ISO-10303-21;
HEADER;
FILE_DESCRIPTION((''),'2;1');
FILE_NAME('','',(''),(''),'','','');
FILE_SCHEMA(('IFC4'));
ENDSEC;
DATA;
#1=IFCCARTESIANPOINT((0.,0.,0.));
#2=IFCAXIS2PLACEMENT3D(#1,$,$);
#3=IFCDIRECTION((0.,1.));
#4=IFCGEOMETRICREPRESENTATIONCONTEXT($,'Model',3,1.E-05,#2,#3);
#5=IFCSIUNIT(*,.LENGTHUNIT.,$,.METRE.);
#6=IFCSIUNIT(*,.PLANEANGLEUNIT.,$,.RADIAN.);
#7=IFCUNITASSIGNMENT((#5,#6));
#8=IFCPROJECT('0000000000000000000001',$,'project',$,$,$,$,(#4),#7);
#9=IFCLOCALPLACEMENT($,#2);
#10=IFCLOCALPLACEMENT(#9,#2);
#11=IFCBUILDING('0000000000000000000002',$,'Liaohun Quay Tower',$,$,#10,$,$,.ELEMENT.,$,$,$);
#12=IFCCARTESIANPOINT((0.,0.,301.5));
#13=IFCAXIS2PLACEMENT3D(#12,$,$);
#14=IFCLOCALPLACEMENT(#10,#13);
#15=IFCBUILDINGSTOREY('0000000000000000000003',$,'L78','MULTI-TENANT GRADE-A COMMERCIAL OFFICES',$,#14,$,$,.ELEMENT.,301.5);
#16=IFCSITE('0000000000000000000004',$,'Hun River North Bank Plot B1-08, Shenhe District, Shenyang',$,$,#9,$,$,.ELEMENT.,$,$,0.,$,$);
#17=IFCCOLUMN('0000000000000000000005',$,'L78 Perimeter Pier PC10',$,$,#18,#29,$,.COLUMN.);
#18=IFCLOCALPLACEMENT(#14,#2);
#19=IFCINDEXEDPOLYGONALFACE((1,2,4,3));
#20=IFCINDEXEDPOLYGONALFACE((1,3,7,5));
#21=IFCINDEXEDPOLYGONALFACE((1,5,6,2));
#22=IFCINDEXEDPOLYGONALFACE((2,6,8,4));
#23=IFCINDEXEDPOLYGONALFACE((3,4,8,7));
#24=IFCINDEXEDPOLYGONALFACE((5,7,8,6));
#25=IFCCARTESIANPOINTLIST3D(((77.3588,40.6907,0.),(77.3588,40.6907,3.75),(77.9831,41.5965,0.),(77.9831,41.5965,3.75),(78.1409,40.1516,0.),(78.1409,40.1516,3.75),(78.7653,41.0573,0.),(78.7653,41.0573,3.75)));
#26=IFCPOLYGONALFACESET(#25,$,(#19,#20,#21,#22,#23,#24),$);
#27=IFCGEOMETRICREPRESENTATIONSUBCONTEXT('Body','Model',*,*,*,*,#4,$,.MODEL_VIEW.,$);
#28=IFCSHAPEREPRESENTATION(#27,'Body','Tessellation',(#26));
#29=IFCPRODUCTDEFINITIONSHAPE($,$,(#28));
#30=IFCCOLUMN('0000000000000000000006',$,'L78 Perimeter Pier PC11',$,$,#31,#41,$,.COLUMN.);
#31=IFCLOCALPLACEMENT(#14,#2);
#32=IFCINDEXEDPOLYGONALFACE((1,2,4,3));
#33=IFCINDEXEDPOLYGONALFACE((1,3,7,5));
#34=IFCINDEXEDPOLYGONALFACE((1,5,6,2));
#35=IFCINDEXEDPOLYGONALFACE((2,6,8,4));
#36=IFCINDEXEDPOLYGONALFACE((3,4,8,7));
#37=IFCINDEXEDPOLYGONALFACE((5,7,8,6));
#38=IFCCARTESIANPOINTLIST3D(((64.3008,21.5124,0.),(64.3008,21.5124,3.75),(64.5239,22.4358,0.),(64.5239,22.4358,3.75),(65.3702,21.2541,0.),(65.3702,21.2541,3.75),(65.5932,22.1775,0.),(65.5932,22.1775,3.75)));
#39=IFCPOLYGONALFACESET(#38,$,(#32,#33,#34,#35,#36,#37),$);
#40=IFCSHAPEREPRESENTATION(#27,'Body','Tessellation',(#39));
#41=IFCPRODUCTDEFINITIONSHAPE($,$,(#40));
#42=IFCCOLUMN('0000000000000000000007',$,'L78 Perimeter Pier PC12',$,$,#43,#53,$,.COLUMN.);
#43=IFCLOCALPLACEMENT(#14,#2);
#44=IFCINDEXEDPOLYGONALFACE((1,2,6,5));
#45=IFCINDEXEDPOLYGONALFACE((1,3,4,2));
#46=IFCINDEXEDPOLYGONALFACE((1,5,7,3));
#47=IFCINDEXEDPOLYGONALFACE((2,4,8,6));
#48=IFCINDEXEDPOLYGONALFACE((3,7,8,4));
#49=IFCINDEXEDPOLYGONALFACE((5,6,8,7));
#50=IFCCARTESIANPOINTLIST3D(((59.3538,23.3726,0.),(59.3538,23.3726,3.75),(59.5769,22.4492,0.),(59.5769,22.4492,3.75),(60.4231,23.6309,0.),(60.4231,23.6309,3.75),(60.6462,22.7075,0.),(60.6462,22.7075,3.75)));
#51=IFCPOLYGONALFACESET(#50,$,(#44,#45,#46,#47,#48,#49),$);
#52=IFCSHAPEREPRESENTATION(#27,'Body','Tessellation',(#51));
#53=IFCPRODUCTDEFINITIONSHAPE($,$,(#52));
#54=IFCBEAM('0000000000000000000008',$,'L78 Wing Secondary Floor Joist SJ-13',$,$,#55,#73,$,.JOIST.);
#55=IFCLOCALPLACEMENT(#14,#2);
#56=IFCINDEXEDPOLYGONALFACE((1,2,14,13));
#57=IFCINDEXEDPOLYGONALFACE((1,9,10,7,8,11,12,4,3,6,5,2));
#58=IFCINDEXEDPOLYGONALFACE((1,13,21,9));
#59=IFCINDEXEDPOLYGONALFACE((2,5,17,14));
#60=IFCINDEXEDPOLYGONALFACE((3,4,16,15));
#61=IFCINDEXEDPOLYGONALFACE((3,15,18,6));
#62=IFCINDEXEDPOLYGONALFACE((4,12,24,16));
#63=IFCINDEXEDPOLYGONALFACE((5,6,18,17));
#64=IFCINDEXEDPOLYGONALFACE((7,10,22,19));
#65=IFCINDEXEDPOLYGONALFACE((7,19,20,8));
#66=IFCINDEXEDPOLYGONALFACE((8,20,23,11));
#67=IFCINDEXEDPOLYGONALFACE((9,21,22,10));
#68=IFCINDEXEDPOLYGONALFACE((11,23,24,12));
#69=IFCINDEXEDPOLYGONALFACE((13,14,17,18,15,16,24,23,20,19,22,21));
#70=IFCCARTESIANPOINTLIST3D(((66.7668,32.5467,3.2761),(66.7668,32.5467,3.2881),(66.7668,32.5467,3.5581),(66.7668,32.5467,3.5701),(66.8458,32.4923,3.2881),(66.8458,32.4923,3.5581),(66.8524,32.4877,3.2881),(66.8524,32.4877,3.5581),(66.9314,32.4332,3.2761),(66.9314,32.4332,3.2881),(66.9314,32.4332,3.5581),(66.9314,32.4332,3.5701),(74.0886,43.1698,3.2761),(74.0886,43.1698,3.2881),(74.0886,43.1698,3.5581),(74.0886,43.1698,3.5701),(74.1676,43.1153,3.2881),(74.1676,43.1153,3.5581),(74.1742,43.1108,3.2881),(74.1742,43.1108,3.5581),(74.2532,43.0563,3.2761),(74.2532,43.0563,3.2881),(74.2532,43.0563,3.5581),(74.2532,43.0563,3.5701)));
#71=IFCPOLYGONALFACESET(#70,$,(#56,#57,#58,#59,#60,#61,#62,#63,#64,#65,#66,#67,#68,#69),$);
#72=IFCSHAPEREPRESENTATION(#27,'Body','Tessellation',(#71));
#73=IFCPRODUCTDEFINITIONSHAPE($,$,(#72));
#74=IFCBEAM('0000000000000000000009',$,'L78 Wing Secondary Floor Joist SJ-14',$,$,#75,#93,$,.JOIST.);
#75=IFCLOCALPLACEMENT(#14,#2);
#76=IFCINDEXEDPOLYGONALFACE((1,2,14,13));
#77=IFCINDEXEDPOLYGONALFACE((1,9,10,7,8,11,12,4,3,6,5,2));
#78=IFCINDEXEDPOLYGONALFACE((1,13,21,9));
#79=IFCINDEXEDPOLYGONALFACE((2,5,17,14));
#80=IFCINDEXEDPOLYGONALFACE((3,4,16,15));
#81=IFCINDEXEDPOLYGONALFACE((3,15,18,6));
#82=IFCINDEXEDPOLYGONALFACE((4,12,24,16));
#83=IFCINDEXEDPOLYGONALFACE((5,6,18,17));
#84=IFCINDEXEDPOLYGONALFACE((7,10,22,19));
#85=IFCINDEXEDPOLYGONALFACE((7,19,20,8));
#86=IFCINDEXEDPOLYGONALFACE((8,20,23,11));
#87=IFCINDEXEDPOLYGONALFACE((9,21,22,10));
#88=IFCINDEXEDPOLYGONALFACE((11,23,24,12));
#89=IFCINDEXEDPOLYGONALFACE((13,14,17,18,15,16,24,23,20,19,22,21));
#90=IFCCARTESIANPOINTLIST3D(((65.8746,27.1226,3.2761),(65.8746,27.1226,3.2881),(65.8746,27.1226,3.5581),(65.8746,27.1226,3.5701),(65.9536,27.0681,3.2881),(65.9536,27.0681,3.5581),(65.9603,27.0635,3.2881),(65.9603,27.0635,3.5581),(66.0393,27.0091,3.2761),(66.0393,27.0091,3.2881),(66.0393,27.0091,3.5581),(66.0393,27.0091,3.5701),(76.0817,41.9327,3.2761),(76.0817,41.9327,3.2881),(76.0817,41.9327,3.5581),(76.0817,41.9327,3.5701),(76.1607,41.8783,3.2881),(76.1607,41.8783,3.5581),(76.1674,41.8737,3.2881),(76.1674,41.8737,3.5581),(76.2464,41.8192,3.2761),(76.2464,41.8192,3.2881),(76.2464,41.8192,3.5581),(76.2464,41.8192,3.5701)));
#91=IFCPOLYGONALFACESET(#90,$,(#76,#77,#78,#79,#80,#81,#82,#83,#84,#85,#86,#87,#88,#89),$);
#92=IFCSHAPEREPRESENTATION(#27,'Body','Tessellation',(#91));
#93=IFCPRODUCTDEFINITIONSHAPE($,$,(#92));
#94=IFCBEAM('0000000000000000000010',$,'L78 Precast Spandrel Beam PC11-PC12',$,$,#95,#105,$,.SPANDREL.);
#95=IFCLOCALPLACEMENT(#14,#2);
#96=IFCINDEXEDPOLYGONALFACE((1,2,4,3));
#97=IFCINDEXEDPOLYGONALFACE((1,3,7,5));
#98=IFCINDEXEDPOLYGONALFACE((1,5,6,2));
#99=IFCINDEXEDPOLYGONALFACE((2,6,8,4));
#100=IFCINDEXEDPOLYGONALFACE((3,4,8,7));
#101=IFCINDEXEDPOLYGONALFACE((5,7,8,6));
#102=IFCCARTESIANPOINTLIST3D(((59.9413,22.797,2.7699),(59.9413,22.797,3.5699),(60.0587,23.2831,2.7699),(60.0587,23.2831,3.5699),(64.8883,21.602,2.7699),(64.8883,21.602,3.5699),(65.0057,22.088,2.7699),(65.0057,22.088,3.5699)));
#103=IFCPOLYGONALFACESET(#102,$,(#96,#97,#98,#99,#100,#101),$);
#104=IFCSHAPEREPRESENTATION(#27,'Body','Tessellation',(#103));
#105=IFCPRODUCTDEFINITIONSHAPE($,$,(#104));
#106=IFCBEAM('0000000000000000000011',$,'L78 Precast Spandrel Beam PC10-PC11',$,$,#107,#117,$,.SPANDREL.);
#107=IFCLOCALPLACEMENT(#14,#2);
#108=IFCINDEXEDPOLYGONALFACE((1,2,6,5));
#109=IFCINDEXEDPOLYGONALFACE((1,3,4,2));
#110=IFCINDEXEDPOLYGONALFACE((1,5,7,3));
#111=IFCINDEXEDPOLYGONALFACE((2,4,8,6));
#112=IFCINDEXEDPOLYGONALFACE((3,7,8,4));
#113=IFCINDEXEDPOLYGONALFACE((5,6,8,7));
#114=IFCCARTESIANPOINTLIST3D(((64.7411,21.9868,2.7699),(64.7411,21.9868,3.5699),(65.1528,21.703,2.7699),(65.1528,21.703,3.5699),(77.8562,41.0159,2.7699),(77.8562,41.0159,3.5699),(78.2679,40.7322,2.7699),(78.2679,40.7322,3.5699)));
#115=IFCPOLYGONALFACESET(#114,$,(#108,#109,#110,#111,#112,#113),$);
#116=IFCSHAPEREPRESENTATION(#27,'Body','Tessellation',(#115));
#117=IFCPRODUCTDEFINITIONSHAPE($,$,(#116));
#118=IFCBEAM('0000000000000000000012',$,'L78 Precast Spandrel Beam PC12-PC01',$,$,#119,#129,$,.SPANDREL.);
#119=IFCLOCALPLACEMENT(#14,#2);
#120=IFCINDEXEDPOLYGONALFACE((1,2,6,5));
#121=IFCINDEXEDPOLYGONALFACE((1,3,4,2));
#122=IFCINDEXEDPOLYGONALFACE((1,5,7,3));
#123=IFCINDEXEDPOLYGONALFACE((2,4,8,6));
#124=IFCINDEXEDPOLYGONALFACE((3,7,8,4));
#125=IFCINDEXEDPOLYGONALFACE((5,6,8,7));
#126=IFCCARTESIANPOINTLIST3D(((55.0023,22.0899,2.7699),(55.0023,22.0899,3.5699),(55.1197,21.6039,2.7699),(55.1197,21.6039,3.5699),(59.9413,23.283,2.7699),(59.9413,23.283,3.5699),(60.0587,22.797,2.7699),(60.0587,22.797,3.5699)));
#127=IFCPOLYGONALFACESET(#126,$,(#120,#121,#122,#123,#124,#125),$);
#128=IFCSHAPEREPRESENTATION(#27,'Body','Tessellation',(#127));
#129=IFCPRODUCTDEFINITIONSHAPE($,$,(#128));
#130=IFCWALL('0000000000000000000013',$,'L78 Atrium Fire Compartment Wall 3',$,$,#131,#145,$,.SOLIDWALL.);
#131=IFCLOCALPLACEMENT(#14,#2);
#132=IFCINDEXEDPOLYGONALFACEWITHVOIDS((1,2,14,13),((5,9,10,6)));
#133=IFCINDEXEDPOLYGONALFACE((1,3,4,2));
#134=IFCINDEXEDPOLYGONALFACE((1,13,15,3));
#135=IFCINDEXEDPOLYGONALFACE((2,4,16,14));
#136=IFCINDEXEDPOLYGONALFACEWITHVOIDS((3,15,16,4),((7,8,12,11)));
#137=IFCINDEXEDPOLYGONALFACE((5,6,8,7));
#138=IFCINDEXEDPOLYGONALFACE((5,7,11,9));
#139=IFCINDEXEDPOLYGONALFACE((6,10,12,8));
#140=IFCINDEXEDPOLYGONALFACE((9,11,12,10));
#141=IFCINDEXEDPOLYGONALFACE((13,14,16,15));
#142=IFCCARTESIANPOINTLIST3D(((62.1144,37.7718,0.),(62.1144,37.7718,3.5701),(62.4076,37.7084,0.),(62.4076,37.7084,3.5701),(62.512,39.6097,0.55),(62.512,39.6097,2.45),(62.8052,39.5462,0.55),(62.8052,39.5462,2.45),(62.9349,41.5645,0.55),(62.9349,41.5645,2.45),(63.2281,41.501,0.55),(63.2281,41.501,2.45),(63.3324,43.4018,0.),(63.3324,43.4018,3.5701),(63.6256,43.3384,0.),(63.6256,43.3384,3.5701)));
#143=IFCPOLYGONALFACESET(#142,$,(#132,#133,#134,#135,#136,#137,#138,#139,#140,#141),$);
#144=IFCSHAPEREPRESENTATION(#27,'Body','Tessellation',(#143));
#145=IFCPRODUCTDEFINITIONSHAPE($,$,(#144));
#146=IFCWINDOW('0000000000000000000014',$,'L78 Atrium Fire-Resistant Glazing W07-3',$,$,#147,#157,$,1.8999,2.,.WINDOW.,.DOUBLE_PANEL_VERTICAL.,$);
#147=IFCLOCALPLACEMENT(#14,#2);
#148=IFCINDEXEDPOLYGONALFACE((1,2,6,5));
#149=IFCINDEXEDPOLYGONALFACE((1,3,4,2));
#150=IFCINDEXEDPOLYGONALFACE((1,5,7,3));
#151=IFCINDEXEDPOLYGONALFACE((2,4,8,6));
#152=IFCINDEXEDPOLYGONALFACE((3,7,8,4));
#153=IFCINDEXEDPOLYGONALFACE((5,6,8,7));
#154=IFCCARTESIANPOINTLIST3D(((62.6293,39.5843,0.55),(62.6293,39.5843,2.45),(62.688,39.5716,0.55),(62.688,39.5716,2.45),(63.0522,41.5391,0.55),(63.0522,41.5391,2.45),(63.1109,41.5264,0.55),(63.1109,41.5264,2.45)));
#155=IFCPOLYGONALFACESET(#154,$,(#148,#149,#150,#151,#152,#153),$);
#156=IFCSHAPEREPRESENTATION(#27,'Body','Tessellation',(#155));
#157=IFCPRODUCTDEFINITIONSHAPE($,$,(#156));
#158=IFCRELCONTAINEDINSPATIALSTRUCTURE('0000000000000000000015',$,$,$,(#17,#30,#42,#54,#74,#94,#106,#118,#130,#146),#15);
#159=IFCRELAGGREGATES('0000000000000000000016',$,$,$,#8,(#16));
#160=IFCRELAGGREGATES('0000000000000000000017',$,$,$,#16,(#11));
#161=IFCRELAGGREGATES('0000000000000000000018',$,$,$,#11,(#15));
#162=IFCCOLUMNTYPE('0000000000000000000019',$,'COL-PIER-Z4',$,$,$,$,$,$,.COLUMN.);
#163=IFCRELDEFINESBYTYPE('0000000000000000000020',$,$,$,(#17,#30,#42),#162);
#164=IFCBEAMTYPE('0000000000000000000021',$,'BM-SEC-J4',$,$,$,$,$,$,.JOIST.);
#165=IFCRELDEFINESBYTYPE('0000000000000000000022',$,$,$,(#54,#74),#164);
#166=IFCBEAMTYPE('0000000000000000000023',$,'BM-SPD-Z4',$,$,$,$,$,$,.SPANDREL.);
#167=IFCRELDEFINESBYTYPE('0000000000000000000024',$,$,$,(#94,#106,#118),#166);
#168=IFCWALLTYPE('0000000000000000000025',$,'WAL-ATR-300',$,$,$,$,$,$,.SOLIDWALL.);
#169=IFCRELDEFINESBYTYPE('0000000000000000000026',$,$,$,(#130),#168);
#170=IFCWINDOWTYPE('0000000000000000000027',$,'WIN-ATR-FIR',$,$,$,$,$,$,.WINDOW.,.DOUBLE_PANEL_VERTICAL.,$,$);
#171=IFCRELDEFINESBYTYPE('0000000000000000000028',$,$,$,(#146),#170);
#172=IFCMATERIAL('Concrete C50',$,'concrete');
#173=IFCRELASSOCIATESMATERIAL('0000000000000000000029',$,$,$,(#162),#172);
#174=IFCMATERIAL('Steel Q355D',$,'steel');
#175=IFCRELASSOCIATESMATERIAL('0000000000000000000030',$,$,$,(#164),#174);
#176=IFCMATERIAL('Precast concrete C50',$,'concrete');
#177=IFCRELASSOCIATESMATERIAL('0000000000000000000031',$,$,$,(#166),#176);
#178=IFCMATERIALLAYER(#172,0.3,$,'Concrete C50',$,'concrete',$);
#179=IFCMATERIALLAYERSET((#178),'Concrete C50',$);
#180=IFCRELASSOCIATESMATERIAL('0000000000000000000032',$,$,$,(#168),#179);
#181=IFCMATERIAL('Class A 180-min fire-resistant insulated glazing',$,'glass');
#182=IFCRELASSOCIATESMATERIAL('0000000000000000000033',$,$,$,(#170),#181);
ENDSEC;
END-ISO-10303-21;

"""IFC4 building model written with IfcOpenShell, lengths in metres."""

from ifc_helpers import new_model, si_unit, direction, frame, frame_2d, origin, origin_2d, place, context, subcontext, project, spatial, rectangle, i_section, extrude, source, transform, mapped, material, layer, layer_set, material_profile, profile_set, type_object, element, fill, save


model = new_model("IFC4")

# Units and contexts
model_context = context("Model", 3, precision=1e-05, world=origin(), true_north=direction((0.0, 1.0)))
body_context = subcontext(model_context, "Body", "Model", "MODEL_VIEW")
ifc_project = project(units=[si_unit("LENGTHUNIT", "METRE"), si_unit("PLANEANGLEUNIT", "RADIAN")], contexts=[model_context])

# Site, building, storey
site_placement = place(None, origin())
site = spatial("IfcSite", under=ifc_project, at=site_placement, Name="Hun River North Bank Plot B1-08, Shenhe District, Shenyang", CompositionType="ELEMENT", RefElevation=0.0)
building_placement = place(site_placement, origin())
building = spatial("IfcBuilding", under=site, at=building_placement, Name="Liaohun Quay Tower", CompositionType="ELEMENT")
storey_placement = place(building_placement, frame((0.0, 0.0, 301.5)))
storey = spatial("IfcBuildingStorey", under=building, at=storey_placement, Name="L78", Description="MULTI-TENANT GRADE-A COMMERCIAL OFFICES", CompositionType="ELEMENT", Elevation=301.5)

# Columns
ifc_material_1 = material(Name="Concrete C50", Category="concrete")
ifc_material_profile_1 = material_profile(ifc_material_1, rectangle(XDim=1.1001, YDim=0.95, at=origin_2d()), Name="RC1100x950")
ifc_profile_set_1 = profile_set([ifc_material_profile_1], Name="Concrete C50")
column_type = type_object("IfcColumnType", Name="COL-PIER-Z4", PredefinedType="COLUMN", material=ifc_profile_set_1)
shared_shape_1 = source(origin(), body_context, "Body", "SweptSolid", [
    extrude(rectangle(XDim=1.1001, YDim=0.95, at=origin_2d()), origin(), (0.0, 0.0, 1.0), 3.75),
])
for number, where, z_axis, x_axis, name in (
    (1, (78.062, 40.874, 0.0), (0.0, 0.0, 1.0), (0.567556, 0.823335, 0.0), "L78 Perimeter Pier PC10"),
    (2, (64.947, 21.845, 0.0), (0.0, 0.0, 1.0), (-0.972043, 0.234803, 0.0), "L78 Perimeter Pier PC11"),
    (3, (60.0, 23.04, 0.0), (0.0, 0.0, 1.0), (0.972043, 0.234803, 0.0), "L78 Perimeter Pier PC12"),
):
    element("IfcColumn", number, at=place(storey_placement, frame(where, z_axis=z_axis, x_axis=x_axis)), inside=storey, type_object=column_type, Name=name, PredefinedType="COLUMN", context=body_context, shape_type="MappedRepresentation", body=[
        mapped(shared_shape_1, transform((0.0, 0.0, 0.0), x_axis=(1.0, 0.0, 0.0), y_axis=(0.0, 1.0, 0.0), z_axis=(0.0, 0.0, 1.0), scale=1.0)),
    ])

# Beams
ifc_material_2 = material(Name="Steel Q355D", Category="steel")
ifc_material_profile_2 = material_profile(ifc_material_2, i_section(OverallWidth=0.2, OverallDepth=0.2939, WebThickness=0.0081, FlangeThickness=0.012, at=origin_2d()), Name="HM294x200x8x12")
ifc_profile_set_2 = profile_set([ifc_material_profile_2], Name="Steel Q355D")
beam_type_1 = type_object("IfcBeamType", Name="BM-SEC-J4", PredefinedType="JOIST", material=ifc_profile_set_2)
shared_shape_2 = source(origin(), body_context, "Body", "SweptSolid", [
    extrude(i_section(OverallWidth=0.2, OverallDepth=0.2939, WebThickness=0.0081, FlangeThickness=0.012, at=origin_2d()), origin(), (0.0, 0.0, 1.0), 12.9019),
])
beam_1_placement = place(storey_placement, frame((74.1709, 43.113, 3.4231), z_axis=(-0.567499, -0.823374, 0.0), x_axis=(0.823374, -0.567499, 0.0)))
element("IfcBeam", 4, at=beam_1_placement, inside=storey, type_object=beam_type_1, Name="L78 Wing Secondary Floor Joist SJ-13", PredefinedType="JOIST", context=body_context, shape_type="MappedRepresentation", body=[
    mapped(shared_shape_2, transform((0.0, 0.0, 0.0), x_axis=(1.0, 0.0, 0.0), y_axis=(0.0, 1.0, 0.0), z_axis=(0.0, 0.0, 1.0), scale=1.0)),
])
shared_shape_3 = source(origin(), body_context, "Body", "SweptSolid", [
    extrude(i_section(OverallWidth=0.2, OverallDepth=0.2939, WebThickness=0.0081, FlangeThickness=0.012, at=origin_2d()), origin(), (0.0, 0.0, 1.0), 17.9868),
])
beam_2_placement = place(storey_placement, frame((76.1641, 41.876, 3.4231), z_axis=(-0.567477, -0.823389, 0.0), x_axis=(0.823389, -0.567477, 0.0)))
element("IfcBeam", 5, at=beam_2_placement, inside=storey, type_object=beam_type_1, Name="L78 Wing Secondary Floor Joist SJ-14", PredefinedType="JOIST", context=body_context, shape_type="MappedRepresentation", body=[
    mapped(shared_shape_3, transform((0.0, 0.0, 0.0), x_axis=(1.0, 0.0, 0.0), y_axis=(0.0, 1.0, 0.0), z_axis=(0.0, 0.0, 1.0), scale=1.0)),
])
ifc_material_3 = material(Name="Precast concrete C50", Category="concrete")
ifc_material_profile_3 = material_profile(ifc_material_3, rectangle(XDim=0.5, YDim=0.8, at=origin_2d()), Name="RC500x800")
ifc_profile_set_3 = profile_set([ifc_material_profile_3], Name="Precast concrete C50")
beam_type_2 = type_object("IfcBeamType", Name="BM-SPD-Z4", PredefinedType="SPANDREL", material=ifc_profile_set_3)
shared_shape_4 = source(origin(), body_context, "Body", "SweptSolid", [
    extrude(rectangle(XDim=0.5, YDim=0.8, at=origin_2d()), origin(), (0.0, 0.0, 1.0), 5.0894),
])
beam_3_placement = place(storey_placement, frame((64.947, 21.845, 3.1699), z_axis=(-0.972039, 0.234819, 0.0), x_axis=(-0.234819, -0.972039, 0.0)))
element("IfcBeam", 6, at=beam_3_placement, inside=storey, type_object=beam_type_2, Name="L78 Precast Spandrel Beam PC11-PC12", PredefinedType="SPANDREL", context=body_context, shape_type="MappedRepresentation", body=[
    mapped(shared_shape_4, transform((0.0, 0.0, 0.0), x_axis=(1.0, 0.0, 0.0), y_axis=(0.0, 1.0, 0.0), z_axis=(0.0, 0.0, 1.0), scale=1.0)),
])
shared_shape_5 = source(origin(), body_context, "Body", "SweptSolid", [
    extrude(rectangle(XDim=0.5, YDim=0.8, at=origin_2d()), origin(), (0.0, 0.0, 1.0), 23.1108),
])
beam_4_placement = place(storey_placement, frame((78.062, 40.874, 3.1699), z_axis=(-0.567484, -0.823385, 0.0), x_axis=(0.823385, -0.567484, 0.0)))
element("IfcBeam", 7, at=beam_4_placement, inside=storey, type_object=beam_type_2, Name="L78 Precast Spandrel Beam PC10-PC11", PredefinedType="SPANDREL", context=body_context, shape_type="MappedRepresentation", body=[
    mapped(shared_shape_5, transform((0.0, 0.0, 0.0), x_axis=(1.0, 0.0, 0.0), y_axis=(0.0, 1.0, 0.0), z_axis=(0.0, 0.0, 1.0), scale=1.0)),
])
shared_shape_6 = source(origin(), body_context, "Body", "SweptSolid", [
    extrude(rectangle(XDim=0.5, YDim=0.8, at=origin_2d()), origin(), (0.0, 0.0, 1.0), 5.0811),
])
beam_5_placement = place(storey_placement, frame((60.0, 23.04, 3.1699), z_axis=(-0.972039, -0.234817, 0.0), x_axis=(0.234817, -0.972039, 0.0)))
element("IfcBeam", 8, at=beam_5_placement, inside=storey, type_object=beam_type_2, Name="L78 Precast Spandrel Beam PC12-PC01", PredefinedType="SPANDREL", context=body_context, shape_type="MappedRepresentation", body=[
    mapped(shared_shape_6, transform((0.0, 0.0, 0.0), x_axis=(1.0, 0.0, 0.0), y_axis=(0.0, 1.0, 0.0), z_axis=(0.0, 0.0, 1.0), scale=1.0)),
])

# Wall, opening, window
ifc_layer_1 = layer(ifc_material_1, 0.3, Name="Concrete C50", Category="concrete")
ifc_layer_set_1 = layer_set([ifc_layer_1], Name="Concrete C50")
wall_type_1 = type_object("IfcWallType", Name="WAL-ATR-300", PredefinedType="SOLIDWALL", material=ifc_layer_set_1)
wall_1_placement = place(storey_placement, frame((63.479, 43.3701, 0.0), z_axis=(0.0, 0.0, 1.0), x_axis=(-0.211448, -0.977389, 0.0)))
wall_1 = element("IfcWall", 9, at=wall_1_placement, inside=storey, type_object=wall_type_1, Name="L78 Atrium Fire Compartment Wall 3", PredefinedType="SOLIDWALL", context=body_context, shape_type="SweptSolid", body=[
    extrude(rectangle(XDim=5.7603, YDim=0.3, at=frame_2d((2.8801, 0.0))), origin(), (0.0, 0.0, 1.0), 3.5701),
])
shared_shape_7 = source(origin(), body_context, "Body", "SweptSolid", [
    extrude(rectangle(XDim=2.0, YDim=1.8999, at=frame_2d((1.0, 0.95))), frame((0.0, 0.1599, 0.0), z_axis=(0.0, -1.0, 0.0), x_axis=(1.0, 0.0, 0.0)), (0.0, 0.0, 1.0), 0.3201),
])
opening_1_placement = place(wall_1_placement, frame((1.8799, 0.0, 0.55)))
opening_1 = element("IfcOpeningElement", 10, at=opening_1_placement, cuts=wall_1, PredefinedType="OPENING", context=body_context, shape_type="MappedRepresentation", body=[
    mapped(shared_shape_7, transform((0.0, 0.0, 0.0), x_axis=(1.0, 0.0, 0.0), y_axis=(0.0, 1.0, 0.0), z_axis=(0.0, 0.0, 1.0), scale=1.0)),
])
ifc_material_4 = material(Name="Class A 180-min fire-resistant insulated glazing", Category="glass")
window_type_1 = type_object("IfcWindowType", Name="WIN-ATR-FIR", PartitioningType="DOUBLE_PANEL_VERTICAL", PredefinedType="WINDOW", material=ifc_material_4)
shared_shape_8 = source(origin(), body_context, "Body", "SweptSolid", [
    extrude(rectangle(XDim=2.0, YDim=1.8999, at=frame_2d((1.0, 0.95))), frame((0.0, 0.03, 0.0), z_axis=(0.0, -1.0, 0.0), x_axis=(1.0, 0.0, 0.0)), (0.0, 0.0, 1.0), 0.0601),
])
window_1_placement = place(opening_1_placement, origin())
window_1 = element("IfcWindow", 11, at=window_1_placement, inside=storey, type_object=window_type_1, Name="L78 Atrium Fire-Resistant Glazing W07-3", OverallHeight=1.8999, OverallWidth=2.0, PartitioningType="DOUBLE_PANEL_VERTICAL", PredefinedType="WINDOW", context=body_context, shape_type="MappedRepresentation", body=[
    mapped(shared_shape_8, transform((0.0, 0.0, 0.0), x_axis=(1.0, 0.0, 0.0), y_axis=(0.0, 1.0, 0.0), z_axis=(0.0, 0.0, 1.0), scale=1.0)),
])
fill(opening_1, window_1)

save(model, "model.ifc")
